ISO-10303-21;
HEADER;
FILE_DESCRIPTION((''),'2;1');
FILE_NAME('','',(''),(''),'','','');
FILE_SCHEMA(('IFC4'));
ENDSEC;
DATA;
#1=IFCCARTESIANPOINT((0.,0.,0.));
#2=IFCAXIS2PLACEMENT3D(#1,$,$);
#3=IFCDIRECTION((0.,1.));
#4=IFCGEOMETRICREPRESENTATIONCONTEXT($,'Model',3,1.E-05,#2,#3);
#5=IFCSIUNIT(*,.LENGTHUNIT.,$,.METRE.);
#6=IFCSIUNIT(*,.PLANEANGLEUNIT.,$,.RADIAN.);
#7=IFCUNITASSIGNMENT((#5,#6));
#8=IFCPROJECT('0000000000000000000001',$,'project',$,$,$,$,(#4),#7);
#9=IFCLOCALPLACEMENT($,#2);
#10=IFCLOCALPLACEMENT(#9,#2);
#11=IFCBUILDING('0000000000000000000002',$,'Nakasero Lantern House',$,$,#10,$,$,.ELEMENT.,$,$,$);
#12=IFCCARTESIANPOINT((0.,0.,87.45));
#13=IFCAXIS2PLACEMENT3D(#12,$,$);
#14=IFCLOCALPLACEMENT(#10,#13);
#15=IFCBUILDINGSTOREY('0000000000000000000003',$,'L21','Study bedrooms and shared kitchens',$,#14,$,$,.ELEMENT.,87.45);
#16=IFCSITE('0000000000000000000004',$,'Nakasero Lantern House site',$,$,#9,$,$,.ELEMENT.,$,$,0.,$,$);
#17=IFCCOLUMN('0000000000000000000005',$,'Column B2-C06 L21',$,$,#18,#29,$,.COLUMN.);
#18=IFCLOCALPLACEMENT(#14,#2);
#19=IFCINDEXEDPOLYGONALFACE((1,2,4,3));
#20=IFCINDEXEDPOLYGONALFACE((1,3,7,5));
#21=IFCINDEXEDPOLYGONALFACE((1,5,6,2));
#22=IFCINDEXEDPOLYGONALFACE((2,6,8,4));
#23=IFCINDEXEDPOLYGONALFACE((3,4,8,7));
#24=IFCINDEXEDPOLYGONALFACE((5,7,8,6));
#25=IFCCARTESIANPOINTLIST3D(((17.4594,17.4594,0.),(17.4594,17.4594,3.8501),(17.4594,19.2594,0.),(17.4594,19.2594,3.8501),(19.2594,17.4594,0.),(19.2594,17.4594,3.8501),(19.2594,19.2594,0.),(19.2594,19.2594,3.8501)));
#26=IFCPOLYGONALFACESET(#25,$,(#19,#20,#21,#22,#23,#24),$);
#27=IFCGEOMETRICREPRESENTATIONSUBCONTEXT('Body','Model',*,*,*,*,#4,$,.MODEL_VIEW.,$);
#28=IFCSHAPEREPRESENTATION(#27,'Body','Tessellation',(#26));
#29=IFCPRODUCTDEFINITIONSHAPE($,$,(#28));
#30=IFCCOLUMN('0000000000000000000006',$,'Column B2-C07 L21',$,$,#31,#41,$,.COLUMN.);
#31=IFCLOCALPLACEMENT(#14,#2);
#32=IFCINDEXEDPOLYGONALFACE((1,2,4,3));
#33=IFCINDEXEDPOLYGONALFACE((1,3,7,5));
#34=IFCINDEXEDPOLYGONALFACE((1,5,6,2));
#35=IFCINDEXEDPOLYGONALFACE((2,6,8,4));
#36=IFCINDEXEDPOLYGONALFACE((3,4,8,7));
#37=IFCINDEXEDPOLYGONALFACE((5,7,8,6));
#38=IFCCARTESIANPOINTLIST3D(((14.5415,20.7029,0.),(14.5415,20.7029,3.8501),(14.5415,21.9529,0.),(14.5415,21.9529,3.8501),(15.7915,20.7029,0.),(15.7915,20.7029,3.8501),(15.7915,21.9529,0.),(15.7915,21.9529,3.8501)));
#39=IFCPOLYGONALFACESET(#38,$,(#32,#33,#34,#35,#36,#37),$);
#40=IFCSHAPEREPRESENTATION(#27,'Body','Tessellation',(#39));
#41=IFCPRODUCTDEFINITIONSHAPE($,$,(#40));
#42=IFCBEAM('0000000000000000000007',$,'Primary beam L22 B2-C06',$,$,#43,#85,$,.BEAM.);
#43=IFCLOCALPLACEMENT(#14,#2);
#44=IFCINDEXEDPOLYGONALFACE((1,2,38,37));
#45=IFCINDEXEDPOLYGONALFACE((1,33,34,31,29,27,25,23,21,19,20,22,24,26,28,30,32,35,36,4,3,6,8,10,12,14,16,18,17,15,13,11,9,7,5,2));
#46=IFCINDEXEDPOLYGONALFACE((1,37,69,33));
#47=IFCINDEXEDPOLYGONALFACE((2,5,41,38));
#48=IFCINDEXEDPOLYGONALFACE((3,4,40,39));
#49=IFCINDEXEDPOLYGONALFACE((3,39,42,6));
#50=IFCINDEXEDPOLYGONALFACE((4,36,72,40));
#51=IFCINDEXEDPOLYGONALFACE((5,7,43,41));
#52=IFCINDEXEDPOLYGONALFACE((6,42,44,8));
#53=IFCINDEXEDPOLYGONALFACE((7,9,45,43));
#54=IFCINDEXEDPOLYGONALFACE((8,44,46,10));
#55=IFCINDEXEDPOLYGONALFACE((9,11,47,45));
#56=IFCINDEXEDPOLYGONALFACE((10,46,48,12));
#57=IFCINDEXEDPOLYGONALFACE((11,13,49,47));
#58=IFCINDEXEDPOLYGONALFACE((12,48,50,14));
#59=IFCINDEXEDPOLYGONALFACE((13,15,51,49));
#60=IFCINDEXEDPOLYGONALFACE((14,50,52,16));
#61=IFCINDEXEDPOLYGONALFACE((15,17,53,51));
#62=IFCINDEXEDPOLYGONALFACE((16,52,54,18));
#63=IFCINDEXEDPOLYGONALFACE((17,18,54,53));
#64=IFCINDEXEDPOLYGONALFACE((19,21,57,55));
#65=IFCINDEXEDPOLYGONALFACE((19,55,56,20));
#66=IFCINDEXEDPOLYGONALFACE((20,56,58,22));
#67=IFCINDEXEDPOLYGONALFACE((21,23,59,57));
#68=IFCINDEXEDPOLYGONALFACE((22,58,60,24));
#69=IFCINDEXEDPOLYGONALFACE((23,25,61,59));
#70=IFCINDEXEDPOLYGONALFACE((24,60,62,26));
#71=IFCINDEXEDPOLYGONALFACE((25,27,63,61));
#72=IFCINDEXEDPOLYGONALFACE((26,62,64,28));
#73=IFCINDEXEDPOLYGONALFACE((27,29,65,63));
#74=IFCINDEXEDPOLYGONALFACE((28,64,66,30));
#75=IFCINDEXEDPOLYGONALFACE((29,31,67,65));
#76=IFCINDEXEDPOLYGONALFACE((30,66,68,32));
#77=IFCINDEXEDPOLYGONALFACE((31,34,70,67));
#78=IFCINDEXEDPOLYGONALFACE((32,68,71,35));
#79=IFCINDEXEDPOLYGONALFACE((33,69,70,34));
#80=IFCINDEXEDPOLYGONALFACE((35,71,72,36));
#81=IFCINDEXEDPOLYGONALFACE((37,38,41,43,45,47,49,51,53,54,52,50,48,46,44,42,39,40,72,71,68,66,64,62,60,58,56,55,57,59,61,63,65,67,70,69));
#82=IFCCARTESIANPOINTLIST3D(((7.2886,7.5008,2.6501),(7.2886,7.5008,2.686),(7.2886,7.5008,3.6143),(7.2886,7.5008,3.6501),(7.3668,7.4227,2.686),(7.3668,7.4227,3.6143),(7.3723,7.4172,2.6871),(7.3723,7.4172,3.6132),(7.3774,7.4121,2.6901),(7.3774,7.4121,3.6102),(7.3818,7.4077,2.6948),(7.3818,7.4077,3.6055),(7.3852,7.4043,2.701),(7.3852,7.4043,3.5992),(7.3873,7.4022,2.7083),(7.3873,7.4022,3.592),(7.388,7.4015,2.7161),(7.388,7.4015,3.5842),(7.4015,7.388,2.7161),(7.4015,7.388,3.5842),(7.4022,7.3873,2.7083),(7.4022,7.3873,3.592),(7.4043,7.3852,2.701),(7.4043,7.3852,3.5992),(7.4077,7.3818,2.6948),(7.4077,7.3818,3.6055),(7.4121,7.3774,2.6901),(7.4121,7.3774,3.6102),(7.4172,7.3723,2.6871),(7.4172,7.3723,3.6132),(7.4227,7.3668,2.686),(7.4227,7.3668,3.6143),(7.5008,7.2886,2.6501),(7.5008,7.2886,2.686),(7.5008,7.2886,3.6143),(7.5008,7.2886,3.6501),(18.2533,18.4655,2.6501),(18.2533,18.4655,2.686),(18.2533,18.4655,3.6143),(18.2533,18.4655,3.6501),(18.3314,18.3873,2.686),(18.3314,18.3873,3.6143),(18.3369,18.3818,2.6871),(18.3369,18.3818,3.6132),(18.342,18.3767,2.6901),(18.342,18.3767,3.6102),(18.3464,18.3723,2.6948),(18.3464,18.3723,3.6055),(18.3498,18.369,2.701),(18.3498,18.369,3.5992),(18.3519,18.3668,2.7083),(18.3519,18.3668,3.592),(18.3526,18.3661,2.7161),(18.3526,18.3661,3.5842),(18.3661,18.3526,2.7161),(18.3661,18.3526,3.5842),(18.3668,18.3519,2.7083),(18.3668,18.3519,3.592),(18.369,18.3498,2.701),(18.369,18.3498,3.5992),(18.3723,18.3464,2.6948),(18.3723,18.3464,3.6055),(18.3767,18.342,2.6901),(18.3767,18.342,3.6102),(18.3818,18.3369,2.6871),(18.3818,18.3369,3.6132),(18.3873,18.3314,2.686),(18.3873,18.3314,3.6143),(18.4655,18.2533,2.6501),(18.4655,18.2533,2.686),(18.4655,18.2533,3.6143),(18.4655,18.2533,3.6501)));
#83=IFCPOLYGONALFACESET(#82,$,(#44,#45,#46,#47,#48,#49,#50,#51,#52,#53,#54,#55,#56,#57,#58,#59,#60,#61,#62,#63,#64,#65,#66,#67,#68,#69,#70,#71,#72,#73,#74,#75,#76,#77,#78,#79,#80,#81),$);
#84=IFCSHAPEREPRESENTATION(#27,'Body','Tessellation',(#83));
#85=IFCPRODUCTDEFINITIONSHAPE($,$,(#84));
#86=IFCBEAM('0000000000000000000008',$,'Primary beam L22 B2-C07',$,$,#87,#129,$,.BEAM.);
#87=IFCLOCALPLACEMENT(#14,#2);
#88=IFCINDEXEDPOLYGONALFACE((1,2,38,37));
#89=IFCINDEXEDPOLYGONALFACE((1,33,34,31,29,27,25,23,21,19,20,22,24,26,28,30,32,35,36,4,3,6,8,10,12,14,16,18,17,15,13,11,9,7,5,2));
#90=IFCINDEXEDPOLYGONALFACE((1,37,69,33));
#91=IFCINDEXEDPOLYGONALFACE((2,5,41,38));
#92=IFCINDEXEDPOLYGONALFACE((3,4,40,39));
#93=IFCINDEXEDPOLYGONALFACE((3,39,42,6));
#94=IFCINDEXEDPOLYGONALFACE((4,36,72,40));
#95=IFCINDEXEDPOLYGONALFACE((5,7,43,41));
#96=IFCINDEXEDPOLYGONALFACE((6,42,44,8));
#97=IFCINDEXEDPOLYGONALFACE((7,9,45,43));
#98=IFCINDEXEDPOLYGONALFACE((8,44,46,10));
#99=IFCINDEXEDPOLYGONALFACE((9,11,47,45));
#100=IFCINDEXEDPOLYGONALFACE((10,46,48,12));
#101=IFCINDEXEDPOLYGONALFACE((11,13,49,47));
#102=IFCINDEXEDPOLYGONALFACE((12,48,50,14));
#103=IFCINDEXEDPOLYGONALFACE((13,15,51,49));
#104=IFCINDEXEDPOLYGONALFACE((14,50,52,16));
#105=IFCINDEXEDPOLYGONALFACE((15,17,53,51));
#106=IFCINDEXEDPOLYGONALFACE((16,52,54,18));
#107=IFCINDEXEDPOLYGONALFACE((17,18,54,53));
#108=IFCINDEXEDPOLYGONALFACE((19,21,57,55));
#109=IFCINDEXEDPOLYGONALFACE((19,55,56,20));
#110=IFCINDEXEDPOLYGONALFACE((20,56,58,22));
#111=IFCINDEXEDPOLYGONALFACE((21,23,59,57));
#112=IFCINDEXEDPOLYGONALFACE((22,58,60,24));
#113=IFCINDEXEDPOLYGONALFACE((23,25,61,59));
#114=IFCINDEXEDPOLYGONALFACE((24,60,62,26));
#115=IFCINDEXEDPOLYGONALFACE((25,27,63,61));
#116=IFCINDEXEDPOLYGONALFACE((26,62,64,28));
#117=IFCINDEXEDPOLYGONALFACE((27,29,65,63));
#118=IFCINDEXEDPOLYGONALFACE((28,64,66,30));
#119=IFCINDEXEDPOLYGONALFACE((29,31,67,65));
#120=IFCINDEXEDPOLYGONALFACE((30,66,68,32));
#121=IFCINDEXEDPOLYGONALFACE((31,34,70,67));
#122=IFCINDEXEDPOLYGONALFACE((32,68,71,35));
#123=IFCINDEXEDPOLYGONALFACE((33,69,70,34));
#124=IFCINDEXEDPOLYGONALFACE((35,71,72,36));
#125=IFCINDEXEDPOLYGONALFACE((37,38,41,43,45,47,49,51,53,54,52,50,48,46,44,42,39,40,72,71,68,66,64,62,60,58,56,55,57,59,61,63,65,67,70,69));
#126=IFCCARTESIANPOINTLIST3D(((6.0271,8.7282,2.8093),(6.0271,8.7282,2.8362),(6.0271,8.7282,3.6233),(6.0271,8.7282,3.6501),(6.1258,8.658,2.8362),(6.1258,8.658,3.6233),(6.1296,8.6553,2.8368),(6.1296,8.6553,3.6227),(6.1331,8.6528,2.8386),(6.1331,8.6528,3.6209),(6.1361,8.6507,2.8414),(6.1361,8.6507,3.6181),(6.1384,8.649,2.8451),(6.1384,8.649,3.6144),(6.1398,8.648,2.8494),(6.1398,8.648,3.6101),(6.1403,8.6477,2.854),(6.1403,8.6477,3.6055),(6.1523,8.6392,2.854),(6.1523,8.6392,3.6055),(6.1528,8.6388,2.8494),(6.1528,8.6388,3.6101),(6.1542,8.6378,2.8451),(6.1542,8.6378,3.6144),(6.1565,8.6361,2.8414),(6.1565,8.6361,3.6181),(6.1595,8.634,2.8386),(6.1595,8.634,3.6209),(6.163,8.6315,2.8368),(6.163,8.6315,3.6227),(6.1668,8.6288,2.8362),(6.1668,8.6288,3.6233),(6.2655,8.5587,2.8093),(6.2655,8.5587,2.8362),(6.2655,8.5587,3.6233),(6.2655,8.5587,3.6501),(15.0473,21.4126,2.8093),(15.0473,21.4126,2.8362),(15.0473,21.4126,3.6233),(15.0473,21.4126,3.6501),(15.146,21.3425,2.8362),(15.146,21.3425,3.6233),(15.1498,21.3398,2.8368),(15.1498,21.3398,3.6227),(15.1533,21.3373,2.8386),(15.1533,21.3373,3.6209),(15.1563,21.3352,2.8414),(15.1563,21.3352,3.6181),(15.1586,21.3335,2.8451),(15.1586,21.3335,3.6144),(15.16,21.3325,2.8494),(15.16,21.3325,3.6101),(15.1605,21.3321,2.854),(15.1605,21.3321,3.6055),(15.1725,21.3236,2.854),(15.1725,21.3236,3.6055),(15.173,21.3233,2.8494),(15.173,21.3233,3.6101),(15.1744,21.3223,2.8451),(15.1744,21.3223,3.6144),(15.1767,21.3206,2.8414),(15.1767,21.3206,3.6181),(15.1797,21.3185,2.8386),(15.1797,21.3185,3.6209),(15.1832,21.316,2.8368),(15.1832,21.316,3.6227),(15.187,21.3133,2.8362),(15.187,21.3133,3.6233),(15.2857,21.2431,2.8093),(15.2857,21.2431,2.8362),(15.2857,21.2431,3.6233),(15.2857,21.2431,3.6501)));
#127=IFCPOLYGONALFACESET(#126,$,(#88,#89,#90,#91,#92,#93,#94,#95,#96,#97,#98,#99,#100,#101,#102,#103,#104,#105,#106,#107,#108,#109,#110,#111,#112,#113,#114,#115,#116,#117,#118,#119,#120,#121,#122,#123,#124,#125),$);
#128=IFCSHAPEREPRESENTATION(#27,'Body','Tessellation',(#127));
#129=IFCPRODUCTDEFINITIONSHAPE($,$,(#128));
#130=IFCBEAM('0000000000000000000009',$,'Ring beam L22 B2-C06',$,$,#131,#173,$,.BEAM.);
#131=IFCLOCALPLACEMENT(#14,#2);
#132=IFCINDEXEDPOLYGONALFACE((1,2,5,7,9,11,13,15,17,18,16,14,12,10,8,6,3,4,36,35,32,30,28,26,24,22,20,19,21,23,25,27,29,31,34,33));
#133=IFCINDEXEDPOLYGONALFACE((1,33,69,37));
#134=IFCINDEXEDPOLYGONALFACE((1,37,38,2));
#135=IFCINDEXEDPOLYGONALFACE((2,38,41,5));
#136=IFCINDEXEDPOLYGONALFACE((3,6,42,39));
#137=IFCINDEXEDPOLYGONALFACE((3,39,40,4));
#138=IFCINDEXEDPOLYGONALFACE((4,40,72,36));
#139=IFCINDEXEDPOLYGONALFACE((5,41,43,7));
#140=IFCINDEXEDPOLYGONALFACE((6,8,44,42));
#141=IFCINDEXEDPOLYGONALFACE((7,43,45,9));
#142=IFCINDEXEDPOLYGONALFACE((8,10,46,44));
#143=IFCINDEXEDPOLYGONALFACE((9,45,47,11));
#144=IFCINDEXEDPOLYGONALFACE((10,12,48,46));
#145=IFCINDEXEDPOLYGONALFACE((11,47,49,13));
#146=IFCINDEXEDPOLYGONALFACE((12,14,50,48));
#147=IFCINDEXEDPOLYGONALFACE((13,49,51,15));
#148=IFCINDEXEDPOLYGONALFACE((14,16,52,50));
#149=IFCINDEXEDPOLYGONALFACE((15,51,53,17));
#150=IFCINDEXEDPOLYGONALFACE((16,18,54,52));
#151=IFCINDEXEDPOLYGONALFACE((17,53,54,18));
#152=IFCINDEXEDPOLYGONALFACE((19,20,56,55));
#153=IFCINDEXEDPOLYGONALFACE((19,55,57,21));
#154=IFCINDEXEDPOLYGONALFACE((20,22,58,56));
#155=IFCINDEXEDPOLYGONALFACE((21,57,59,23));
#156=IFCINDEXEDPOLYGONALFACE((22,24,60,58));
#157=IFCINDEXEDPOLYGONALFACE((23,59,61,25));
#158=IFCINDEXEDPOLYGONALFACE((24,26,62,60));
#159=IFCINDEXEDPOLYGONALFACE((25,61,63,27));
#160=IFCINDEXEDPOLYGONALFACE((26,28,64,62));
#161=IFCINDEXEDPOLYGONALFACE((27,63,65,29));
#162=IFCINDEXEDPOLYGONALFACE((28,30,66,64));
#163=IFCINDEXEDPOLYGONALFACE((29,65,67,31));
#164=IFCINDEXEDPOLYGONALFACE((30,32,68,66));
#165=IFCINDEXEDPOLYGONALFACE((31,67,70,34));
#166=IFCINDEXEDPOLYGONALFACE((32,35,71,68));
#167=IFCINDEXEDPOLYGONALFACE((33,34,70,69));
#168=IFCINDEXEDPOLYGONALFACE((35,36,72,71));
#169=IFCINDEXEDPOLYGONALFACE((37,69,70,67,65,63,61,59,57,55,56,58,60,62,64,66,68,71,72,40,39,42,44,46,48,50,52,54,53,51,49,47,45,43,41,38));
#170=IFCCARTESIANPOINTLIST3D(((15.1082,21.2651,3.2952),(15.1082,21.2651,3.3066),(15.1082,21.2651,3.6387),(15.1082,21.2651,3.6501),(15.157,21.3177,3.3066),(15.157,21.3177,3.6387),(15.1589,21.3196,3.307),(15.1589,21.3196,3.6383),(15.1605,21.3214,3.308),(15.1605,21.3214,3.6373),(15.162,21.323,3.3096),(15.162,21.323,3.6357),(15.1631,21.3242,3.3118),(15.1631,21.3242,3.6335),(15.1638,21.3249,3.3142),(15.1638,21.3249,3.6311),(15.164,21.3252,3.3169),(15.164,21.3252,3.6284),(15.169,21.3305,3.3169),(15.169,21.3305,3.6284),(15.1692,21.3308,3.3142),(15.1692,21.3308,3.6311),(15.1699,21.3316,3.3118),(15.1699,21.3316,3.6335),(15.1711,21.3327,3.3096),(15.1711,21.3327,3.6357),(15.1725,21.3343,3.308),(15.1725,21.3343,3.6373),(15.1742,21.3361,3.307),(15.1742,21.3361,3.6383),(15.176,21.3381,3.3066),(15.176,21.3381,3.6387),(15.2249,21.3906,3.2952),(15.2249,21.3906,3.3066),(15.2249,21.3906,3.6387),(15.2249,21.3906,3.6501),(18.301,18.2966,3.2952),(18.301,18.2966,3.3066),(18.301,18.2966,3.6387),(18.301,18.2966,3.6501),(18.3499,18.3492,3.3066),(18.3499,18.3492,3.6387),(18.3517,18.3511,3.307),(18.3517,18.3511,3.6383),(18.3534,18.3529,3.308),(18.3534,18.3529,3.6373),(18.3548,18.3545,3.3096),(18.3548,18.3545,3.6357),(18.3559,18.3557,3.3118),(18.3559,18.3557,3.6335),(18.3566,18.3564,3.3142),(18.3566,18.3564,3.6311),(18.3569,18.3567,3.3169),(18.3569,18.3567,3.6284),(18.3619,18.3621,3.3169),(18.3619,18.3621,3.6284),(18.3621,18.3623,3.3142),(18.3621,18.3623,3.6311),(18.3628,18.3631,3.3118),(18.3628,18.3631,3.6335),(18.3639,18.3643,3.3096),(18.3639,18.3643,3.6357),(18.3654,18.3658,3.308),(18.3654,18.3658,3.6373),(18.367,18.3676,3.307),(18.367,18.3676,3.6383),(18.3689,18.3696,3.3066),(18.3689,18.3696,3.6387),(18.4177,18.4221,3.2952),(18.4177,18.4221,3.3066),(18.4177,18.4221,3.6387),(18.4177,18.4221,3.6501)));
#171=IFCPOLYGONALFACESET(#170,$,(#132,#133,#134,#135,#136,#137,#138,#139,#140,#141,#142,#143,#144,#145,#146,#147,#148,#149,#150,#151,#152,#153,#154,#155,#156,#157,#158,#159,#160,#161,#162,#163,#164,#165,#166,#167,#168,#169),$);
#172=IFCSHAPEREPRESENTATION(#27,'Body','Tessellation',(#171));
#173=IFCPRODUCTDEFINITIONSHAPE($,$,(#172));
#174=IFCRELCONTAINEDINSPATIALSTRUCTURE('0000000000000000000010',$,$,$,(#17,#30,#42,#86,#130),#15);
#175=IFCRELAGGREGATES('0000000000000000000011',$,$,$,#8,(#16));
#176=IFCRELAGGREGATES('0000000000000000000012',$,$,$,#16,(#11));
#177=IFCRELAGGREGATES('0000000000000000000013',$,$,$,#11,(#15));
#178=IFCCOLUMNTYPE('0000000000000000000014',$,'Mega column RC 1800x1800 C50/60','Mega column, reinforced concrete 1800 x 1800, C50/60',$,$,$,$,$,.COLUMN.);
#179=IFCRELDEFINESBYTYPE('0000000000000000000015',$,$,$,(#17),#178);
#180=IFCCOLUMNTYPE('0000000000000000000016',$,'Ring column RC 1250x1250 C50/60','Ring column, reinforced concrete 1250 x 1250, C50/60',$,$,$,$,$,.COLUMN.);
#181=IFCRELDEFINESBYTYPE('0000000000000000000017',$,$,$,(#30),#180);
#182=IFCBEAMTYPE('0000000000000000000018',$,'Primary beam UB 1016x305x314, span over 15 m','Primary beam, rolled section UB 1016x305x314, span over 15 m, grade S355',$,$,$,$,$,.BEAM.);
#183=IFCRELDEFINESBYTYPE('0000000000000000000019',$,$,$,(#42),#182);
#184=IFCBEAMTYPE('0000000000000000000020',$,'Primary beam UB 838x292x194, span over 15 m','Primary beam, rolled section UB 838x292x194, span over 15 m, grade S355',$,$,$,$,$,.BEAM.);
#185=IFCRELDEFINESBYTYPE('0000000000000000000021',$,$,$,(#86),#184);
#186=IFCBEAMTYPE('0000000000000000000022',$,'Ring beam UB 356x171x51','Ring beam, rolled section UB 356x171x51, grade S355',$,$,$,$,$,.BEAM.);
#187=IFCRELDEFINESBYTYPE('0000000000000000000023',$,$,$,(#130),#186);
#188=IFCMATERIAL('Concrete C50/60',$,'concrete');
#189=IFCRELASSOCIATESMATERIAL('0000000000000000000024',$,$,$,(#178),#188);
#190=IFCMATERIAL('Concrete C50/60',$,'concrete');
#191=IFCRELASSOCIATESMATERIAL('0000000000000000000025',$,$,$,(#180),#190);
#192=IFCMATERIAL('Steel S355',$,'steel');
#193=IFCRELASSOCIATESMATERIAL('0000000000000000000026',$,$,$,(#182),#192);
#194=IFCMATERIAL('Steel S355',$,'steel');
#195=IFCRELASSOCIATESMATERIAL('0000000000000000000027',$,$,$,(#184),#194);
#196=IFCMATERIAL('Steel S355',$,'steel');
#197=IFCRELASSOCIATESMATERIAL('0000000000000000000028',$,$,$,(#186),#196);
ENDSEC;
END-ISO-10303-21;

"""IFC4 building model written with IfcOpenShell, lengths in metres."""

from ifc_helpers import new_model, si_unit, direction, frame, origin, origin_2d, place, context, subcontext, project, spatial, rectangle, i_section, extrude, material, material_profile, profile_set, type_object, element, save


model = new_model("IFC4")

# Units and contexts
model_context = context("Model", 3, precision=1e-05, world=origin(), true_north=direction((0.0, 1.0)))
body_context = subcontext(model_context, "Body", "Model", "MODEL_VIEW")
ifc_project = project(units=[si_unit("LENGTHUNIT", "METRE"), si_unit("PLANEANGLEUNIT", "RADIAN")], contexts=[model_context])

# Site, building, storey
site_placement = place(None, origin())
site = spatial("IfcSite", under=ifc_project, at=site_placement, Name="Nakasero Lantern House site", CompositionType="ELEMENT", RefElevation=0.0)
building_placement = place(site_placement, origin())
building = spatial("IfcBuilding", under=site, at=building_placement, Name="Nakasero Lantern House", CompositionType="ELEMENT")
storey_placement = place(building_placement, frame((0.0, 0.0, 87.45)))
storey = spatial("IfcBuildingStorey", under=building, at=storey_placement, Name="L21", Description="Study bedrooms and shared kitchens", CompositionType="ELEMENT", Elevation=87.45)

# Columns
ifc_material_1 = material(Name="Concrete C50/60", Category="concrete")
ifc_material_profile_1 = material_profile(ifc_material_1, rectangle(XDim=1.8, YDim=1.8, at=origin_2d()), Name="RC 1800x1800")
ifc_profile_set_1 = profile_set([ifc_material_profile_1], Name="Concrete C50/60")
column_type_1 = type_object("IfcColumnType", Name="Mega column RC 1800x1800 C50/60", Description="Mega column, reinforced concrete 1800 x 1800, C50/60", PredefinedType="COLUMN", material=ifc_profile_set_1)
column_1_placement = place(storey_placement, frame((18.3594, 18.3594, 0.0), z_axis=(0.0, 0.0, 1.0), x_axis=(1.0, 0.0, 0.0)))
element("IfcColumn", 1, at=column_1_placement, inside=storey, type_object=column_type_1, Name="Column B2-C06 L21", PredefinedType="COLUMN", context=body_context, shape_type="SweptSolid", body=[
    extrude(rectangle(XDim=1.8, YDim=1.8, at=origin_2d()), origin(), (0.0, 0.0, 1.0), 3.8501),
])
ifc_material_2 = material(Name="Concrete C50/60", Category="concrete")
ifc_material_profile_2 = material_profile(ifc_material_2, rectangle(XDim=1.25, YDim=1.25, at=origin_2d()), Name="RC 1250x1250")
ifc_profile_set_2 = profile_set([ifc_material_profile_2], Name="Concrete C50/60")
column_type_2 = type_object("IfcColumnType", Name="Ring column RC 1250x1250 C50/60", Description="Ring column, reinforced concrete 1250 x 1250, C50/60", PredefinedType="COLUMN", material=ifc_profile_set_2)
column_2_placement = place(storey_placement, frame((15.1665, 21.3279, 0.0), z_axis=(0.0, 0.0, 1.0), x_axis=(1.0, 0.0, 0.0)))
element("IfcColumn", 2, at=column_2_placement, inside=storey, type_object=column_type_2, Name="Column B2-C07 L21", PredefinedType="COLUMN", context=body_context, shape_type="SweptSolid", body=[
    extrude(rectangle(XDim=1.25, YDim=1.25, at=origin_2d()), origin(), (0.0, 0.0, 1.0), 3.8501),
])

# Beams
ifc_material_3 = material(Name="Steel S355", Category="steel")
ifc_material_profile_3 = material_profile(ifc_material_3, i_section(OverallWidth=0.3, OverallDepth=1.0, WebThickness=0.019, FlangeThickness=0.0359, FilletRadius=0.03, at=origin_2d()), Name="UB 1016x305x314")
ifc_profile_set_3 = profile_set([ifc_material_profile_3], Name="Steel S355")
beam_type_1 = type_object("IfcBeamType", Name="Primary beam UB 1016x305x314, span over 15 m", Description="Primary beam, rolled section UB 1016x305x314, span over 15 m, grade S355", PredefinedType="BEAM", material=ifc_profile_set_3)
beam_1_placement = place(storey_placement, frame((18.3594, 18.3594, 3.1501), z_axis=(-0.707107, -0.707107, 0.0), x_axis=(0.707107, -0.707107, 0.0)))
element("IfcBeam", 3, at=beam_1_placement, inside=storey, type_object=beam_type_1, Name="Primary beam L22 B2-C06", PredefinedType="BEAM", context=body_context, shape_type="SweptSolid", body=[
    extrude(i_section(OverallWidth=0.3, OverallDepth=1.0, WebThickness=0.019, FlangeThickness=0.0359, FilletRadius=0.03, at=origin_2d()), origin(), (0.0, 0.0, 1.0), 15.5063),
])
ifc_material_4 = material(Name="Steel S355", Category="steel")
ifc_material_profile_4 = material_profile(ifc_material_4, i_section(OverallWidth=0.2925, OverallDepth=0.8408, WebThickness=0.0146, FlangeThickness=0.0269, FilletRadius=0.0178, at=origin_2d()), Name="UB 838x292x194")
ifc_profile_set_4 = profile_set([ifc_material_profile_4], Name="Steel S355")
beam_type_2 = type_object("IfcBeamType", Name="Primary beam UB 838x292x194, span over 15 m", Description="Primary beam, rolled section UB 838x292x194, span over 15 m, grade S355", PredefinedType="BEAM", material=ifc_profile_set_4)
beam_2_placement = place(storey_placement, frame((15.1665, 21.3279, 3.2297), z_axis=(-0.579529, -0.814952, 0.0), x_axis=(0.814952, -0.579529, 0.0)))
element("IfcBeam", 4, at=beam_2_placement, inside=storey, type_object=beam_type_2, Name="Primary beam L22 B2-C07", PredefinedType="BEAM", context=body_context, shape_type="SweptSolid", body=[
    extrude(i_section(OverallWidth=0.2925, OverallDepth=0.8408, WebThickness=0.0146, FlangeThickness=0.0269, FilletRadius=0.0178, at=origin_2d()), origin(), (0.0, 0.0, 1.0), 15.5647),
])
ifc_material_5 = material(Name="Steel S355", Category="steel")
ifc_material_profile_5 = material_profile(ifc_material_5, i_section(OverallWidth=0.1714, OverallDepth=0.355, WebThickness=0.0073, FlangeThickness=0.0115, FilletRadius=0.0103, at=origin_2d()), Name="UB 356x171x51")
ifc_profile_set_5 = profile_set([ifc_material_profile_5], Name="Steel S355")
beam_type_3 = type_object("IfcBeamType", Name="Ring beam UB 356x171x51", Description="Ring beam, rolled section UB 356x171x51, grade S355", PredefinedType="BEAM", material=ifc_profile_set_5)
beam_3_placement = place(storey_placement, frame((18.3594, 18.3594, 3.4727), z_axis=(-0.732371, 0.680906, 0.0), x_axis=(-0.680906, -0.732371, 0.0)))
element("IfcBeam", 5, at=beam_3_placement, inside=storey, type_object=beam_type_3, Name="Ring beam L22 B2-C06", PredefinedType="BEAM", context=body_context, shape_type="SweptSolid", body=[
    extrude(i_section(OverallWidth=0.1714, OverallDepth=0.355, WebThickness=0.0073, FlangeThickness=0.0115, FilletRadius=0.0103, at=origin_2d()), origin(), (0.0, 0.0, 1.0), 4.3596),
])

save(model, "model.ifc")
